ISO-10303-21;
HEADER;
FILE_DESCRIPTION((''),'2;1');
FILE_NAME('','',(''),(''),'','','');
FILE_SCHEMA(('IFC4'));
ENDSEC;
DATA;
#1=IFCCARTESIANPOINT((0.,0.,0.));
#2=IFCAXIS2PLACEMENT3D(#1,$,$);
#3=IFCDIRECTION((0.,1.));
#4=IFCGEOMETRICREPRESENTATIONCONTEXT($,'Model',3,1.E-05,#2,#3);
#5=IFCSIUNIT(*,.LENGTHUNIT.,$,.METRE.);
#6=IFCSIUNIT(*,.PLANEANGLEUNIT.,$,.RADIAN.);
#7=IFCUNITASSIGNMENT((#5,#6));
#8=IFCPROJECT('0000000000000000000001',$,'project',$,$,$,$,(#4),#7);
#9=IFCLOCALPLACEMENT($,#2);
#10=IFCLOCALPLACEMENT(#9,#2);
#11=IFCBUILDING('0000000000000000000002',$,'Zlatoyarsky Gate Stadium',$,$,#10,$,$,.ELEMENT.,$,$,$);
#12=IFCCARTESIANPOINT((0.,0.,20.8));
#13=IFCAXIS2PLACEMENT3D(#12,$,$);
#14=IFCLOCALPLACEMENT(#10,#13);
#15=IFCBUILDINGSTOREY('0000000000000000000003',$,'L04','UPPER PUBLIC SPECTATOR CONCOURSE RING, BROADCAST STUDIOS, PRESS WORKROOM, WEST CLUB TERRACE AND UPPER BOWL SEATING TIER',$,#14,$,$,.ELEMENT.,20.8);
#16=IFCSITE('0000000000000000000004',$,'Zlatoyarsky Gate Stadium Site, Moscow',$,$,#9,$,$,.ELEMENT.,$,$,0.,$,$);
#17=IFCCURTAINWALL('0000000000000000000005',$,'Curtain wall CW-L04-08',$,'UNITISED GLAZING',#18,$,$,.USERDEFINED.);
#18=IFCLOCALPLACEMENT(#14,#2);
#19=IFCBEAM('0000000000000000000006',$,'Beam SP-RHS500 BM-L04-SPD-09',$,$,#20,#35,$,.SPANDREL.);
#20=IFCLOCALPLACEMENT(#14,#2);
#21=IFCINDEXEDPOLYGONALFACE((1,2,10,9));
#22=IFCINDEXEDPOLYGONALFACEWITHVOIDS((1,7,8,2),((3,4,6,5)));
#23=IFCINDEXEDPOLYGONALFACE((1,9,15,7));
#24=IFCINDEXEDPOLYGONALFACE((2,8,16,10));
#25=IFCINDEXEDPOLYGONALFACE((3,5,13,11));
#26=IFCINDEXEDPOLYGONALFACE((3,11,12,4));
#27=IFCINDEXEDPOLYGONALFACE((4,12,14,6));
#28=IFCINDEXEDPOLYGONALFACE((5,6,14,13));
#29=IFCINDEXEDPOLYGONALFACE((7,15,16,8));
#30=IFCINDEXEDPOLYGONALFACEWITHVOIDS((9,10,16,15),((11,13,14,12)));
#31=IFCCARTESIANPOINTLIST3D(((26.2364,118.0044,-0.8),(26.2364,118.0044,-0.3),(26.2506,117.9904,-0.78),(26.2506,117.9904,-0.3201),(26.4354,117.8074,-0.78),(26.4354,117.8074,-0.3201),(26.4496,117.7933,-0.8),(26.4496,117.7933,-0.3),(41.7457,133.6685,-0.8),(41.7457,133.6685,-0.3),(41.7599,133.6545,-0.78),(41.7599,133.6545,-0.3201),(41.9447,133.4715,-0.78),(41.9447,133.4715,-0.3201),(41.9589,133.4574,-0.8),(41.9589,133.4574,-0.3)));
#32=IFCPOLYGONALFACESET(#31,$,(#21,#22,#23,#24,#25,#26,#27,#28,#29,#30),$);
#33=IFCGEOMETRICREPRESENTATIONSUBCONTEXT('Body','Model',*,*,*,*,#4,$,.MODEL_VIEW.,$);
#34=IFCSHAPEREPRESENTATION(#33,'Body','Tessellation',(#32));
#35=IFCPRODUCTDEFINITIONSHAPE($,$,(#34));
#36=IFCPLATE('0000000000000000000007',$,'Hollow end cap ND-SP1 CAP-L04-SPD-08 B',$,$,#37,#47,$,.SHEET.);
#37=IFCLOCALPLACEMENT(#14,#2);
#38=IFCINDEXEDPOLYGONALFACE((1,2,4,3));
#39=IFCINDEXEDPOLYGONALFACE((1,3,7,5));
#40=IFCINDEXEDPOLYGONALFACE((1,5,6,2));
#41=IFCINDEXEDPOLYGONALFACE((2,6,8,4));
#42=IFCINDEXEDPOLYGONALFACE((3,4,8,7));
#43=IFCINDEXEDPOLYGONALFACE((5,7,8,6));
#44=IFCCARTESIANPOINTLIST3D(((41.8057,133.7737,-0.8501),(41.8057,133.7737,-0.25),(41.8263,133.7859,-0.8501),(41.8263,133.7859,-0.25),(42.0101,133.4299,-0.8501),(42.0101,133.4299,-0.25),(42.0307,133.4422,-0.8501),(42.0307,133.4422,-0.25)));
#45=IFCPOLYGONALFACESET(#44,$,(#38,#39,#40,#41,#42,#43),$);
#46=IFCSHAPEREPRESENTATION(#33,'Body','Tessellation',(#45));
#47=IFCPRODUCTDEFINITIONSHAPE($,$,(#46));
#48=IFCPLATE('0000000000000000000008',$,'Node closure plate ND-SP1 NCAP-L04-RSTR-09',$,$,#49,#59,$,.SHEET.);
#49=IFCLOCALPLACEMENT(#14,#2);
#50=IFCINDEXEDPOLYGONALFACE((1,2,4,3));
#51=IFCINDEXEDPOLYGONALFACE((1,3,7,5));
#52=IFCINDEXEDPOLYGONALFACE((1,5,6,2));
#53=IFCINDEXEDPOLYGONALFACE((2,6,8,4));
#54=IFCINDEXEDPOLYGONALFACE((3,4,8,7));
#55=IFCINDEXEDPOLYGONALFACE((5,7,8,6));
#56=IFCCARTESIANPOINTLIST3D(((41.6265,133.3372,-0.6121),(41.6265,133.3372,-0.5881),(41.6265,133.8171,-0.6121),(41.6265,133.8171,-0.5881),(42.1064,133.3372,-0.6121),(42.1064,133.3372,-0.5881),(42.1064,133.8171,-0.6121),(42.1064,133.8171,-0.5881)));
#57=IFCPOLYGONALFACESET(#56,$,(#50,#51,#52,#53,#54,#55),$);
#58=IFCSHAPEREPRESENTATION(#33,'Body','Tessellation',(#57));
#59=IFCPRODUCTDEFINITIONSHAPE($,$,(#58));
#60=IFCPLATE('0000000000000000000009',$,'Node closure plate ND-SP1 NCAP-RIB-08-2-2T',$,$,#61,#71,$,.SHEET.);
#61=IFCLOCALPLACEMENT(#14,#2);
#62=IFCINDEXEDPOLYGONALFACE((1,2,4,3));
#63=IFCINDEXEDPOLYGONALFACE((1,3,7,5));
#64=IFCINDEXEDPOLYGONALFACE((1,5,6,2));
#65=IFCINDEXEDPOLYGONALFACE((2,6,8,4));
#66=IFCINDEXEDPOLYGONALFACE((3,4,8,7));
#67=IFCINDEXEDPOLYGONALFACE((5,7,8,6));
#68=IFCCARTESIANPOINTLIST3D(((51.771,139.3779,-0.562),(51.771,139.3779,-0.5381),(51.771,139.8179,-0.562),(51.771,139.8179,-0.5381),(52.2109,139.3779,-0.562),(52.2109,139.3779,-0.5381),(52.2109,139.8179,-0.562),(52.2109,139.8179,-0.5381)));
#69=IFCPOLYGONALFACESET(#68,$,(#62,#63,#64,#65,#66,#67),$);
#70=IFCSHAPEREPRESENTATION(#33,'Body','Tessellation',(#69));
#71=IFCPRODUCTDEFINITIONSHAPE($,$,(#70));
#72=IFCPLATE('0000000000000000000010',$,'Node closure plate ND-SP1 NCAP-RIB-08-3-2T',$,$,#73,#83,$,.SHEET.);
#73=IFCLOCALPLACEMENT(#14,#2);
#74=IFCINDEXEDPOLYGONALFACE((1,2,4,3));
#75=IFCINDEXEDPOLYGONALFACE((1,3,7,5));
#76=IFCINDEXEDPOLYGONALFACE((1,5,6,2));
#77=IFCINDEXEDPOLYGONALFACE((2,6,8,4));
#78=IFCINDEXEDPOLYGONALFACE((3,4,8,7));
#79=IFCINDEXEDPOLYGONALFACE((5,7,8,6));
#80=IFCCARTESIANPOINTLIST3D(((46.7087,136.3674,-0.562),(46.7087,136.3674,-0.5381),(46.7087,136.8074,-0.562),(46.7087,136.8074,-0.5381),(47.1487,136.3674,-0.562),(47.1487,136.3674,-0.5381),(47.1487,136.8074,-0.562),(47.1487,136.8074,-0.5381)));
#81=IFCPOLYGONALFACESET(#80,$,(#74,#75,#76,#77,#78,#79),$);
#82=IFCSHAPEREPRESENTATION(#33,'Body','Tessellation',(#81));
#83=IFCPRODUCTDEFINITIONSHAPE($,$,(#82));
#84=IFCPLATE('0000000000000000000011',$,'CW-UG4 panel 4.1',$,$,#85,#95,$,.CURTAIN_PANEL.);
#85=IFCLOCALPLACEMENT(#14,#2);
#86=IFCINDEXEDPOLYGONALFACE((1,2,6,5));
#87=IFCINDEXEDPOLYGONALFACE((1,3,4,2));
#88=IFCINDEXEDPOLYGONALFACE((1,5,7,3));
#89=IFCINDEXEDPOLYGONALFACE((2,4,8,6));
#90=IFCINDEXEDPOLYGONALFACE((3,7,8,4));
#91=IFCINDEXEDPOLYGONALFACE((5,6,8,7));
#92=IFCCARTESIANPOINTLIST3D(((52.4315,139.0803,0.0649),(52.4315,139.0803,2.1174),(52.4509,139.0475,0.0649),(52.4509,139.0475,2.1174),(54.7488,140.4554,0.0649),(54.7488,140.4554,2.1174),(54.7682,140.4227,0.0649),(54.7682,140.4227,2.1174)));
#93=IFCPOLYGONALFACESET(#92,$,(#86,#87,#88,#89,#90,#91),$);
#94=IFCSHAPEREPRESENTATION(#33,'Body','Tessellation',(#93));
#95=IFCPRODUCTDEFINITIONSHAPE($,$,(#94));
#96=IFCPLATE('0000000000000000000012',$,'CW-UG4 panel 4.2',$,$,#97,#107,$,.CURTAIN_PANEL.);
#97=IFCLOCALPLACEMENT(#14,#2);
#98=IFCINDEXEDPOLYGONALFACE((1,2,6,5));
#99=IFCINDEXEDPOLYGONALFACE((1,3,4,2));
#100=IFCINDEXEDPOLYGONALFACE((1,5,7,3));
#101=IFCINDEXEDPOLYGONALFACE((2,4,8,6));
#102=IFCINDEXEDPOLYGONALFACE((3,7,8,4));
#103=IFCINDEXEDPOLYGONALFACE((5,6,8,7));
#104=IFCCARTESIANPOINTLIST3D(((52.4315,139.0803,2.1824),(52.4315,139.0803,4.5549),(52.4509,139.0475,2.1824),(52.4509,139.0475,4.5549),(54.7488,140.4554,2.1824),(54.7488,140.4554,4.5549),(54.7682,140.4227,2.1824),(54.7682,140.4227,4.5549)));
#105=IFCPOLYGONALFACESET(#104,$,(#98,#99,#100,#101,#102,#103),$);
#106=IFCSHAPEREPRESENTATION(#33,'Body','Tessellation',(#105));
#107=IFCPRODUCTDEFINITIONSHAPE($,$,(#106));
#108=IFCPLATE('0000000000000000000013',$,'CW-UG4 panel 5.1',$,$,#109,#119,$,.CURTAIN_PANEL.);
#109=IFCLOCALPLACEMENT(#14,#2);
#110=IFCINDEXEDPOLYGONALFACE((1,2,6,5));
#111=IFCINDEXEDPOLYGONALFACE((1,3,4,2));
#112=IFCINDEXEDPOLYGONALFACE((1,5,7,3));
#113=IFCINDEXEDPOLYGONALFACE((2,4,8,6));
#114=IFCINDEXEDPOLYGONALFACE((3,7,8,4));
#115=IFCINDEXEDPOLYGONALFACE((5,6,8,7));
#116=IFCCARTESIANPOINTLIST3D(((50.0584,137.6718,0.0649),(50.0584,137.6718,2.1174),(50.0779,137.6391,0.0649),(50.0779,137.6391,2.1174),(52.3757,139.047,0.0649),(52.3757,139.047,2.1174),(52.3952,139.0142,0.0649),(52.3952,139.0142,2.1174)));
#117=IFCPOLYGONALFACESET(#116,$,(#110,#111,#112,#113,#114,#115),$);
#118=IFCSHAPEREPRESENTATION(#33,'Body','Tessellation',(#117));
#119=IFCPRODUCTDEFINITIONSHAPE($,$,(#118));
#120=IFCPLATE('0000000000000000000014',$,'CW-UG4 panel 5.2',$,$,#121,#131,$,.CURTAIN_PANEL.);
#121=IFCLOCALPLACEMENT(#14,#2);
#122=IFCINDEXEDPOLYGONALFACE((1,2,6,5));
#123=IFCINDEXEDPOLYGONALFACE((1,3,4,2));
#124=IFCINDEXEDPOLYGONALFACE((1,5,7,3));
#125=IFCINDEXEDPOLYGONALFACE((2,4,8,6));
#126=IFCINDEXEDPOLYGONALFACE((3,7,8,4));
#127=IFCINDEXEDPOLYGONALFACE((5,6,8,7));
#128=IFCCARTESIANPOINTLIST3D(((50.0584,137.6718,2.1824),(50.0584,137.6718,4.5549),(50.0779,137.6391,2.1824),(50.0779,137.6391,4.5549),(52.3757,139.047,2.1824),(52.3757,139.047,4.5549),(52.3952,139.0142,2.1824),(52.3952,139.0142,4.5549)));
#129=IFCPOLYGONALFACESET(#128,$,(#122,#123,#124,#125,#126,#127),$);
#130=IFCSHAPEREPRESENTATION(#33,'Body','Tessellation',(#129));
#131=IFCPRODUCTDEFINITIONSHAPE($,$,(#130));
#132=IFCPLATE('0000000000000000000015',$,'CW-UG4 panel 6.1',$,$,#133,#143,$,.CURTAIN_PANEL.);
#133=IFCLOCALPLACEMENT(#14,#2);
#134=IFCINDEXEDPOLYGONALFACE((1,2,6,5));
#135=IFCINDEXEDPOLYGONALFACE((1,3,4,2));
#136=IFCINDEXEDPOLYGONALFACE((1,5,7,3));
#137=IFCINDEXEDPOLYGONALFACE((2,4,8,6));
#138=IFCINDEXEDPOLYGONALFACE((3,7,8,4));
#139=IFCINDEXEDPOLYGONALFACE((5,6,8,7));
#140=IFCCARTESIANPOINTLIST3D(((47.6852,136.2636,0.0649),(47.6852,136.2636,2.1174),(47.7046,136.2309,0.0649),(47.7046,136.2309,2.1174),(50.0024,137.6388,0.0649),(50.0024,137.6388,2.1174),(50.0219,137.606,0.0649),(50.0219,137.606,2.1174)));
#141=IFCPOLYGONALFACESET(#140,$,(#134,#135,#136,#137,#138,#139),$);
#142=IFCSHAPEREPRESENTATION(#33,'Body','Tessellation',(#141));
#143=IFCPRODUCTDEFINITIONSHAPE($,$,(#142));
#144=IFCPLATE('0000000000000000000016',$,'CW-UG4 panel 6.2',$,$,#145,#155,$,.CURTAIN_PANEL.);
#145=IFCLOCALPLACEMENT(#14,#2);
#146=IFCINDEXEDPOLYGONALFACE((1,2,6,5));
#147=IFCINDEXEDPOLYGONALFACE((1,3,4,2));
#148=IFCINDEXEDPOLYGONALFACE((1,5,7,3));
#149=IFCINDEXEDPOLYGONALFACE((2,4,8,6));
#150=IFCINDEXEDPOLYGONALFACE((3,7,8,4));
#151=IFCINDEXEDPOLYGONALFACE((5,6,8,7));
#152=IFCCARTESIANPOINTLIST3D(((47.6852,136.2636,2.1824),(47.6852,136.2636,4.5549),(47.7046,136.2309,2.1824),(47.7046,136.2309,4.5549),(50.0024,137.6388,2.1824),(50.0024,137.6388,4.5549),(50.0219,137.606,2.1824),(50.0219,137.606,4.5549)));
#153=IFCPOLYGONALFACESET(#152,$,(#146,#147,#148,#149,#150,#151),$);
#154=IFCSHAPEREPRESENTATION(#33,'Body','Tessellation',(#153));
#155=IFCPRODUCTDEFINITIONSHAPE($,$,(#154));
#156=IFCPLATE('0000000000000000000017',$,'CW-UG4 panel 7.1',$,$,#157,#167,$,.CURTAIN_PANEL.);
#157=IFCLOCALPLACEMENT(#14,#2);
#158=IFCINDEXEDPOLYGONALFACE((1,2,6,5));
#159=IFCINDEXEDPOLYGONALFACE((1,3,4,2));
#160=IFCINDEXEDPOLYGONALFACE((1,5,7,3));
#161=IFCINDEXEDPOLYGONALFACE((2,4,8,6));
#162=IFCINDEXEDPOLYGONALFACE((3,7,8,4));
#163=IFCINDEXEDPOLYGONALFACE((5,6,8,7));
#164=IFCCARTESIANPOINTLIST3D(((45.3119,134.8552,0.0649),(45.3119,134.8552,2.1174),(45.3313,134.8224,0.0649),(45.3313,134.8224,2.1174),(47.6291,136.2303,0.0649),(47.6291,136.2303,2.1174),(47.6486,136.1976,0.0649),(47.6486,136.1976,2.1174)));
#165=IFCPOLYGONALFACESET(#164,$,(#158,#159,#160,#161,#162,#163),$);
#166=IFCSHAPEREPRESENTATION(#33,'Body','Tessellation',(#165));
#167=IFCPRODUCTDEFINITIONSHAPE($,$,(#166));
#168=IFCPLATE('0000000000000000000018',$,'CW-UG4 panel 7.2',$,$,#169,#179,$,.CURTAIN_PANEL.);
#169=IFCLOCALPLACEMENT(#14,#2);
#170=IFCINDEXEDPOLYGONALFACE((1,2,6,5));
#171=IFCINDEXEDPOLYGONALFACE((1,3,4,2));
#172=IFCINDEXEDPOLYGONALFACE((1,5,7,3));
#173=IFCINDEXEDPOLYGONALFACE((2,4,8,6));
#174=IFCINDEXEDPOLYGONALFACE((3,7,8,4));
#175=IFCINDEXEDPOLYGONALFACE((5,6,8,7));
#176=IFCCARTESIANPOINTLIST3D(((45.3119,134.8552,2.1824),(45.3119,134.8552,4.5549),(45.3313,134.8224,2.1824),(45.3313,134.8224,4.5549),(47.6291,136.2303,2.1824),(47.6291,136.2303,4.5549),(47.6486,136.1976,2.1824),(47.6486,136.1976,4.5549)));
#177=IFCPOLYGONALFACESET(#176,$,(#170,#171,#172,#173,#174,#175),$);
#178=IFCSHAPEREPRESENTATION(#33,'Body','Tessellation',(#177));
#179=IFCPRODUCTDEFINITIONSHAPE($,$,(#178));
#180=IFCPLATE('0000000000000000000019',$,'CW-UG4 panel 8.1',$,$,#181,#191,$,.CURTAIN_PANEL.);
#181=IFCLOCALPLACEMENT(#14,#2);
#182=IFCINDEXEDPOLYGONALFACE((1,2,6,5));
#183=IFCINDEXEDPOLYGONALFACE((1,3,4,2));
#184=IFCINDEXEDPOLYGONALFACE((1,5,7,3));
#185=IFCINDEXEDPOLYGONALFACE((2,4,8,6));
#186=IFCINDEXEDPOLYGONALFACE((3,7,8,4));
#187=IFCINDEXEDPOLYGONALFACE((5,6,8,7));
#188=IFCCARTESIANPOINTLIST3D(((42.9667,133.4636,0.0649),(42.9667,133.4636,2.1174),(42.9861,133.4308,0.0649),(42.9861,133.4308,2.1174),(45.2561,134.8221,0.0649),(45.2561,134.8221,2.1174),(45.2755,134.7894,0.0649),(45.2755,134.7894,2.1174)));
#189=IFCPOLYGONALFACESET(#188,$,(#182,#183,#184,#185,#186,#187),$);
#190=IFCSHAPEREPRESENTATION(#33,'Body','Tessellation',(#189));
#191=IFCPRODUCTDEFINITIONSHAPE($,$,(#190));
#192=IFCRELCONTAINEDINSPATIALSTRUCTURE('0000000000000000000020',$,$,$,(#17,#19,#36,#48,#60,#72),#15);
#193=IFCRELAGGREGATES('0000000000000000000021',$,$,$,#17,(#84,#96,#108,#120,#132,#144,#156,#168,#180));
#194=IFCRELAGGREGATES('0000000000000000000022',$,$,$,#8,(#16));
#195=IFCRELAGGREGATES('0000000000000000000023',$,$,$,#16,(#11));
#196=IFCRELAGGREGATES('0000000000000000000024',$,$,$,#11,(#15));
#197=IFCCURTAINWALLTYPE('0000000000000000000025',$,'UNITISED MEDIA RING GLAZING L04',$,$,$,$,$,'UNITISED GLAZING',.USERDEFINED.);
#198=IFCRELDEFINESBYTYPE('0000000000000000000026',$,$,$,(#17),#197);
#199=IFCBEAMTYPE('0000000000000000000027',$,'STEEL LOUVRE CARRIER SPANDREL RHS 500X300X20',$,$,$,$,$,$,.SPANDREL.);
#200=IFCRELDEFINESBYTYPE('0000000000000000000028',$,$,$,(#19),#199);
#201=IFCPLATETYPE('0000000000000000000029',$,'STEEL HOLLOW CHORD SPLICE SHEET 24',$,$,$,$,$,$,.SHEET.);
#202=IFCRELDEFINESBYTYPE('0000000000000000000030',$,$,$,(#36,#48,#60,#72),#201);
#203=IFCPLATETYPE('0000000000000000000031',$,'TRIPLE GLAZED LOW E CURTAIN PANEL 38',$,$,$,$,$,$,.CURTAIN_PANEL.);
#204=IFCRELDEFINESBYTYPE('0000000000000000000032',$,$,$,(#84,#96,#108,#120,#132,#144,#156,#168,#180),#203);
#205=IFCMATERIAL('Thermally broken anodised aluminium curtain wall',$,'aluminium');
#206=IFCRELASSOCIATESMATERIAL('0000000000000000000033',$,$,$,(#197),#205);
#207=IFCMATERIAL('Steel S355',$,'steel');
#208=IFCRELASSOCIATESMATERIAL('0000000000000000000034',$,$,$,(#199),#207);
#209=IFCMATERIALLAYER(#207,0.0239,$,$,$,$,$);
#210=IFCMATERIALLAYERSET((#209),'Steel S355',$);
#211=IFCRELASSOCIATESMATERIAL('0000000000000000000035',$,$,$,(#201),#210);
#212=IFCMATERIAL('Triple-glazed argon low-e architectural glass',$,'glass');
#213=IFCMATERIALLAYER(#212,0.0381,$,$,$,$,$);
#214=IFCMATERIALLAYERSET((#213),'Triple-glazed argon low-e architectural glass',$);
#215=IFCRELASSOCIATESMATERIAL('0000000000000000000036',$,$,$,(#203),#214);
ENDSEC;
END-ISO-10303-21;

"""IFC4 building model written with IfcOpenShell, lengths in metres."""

from ifc_helpers import new_model, si_unit, direction, frame, origin, origin_2d, place, context, subcontext, project, spatial, rectangle, hollow_rectangle, extrude, material, layer, layer_set, material_profile, profile_set, type_object, element, aggregate, save


model = new_model("IFC4")

# Units and contexts
model_context = context("Model", 3, precision=1e-05, world=origin(), true_north=direction((0.0, 1.0)))
body_context = subcontext(model_context, "Body", "Model", "MODEL_VIEW")
ifc_project = project(units=[si_unit("LENGTHUNIT", "METRE"), si_unit("PLANEANGLEUNIT", "RADIAN")], contexts=[model_context])

# Site, building, storey
site_placement = place(None, origin())
site = spatial("IfcSite", under=ifc_project, at=site_placement, Name="Zlatoyarsky Gate Stadium Site, Moscow", CompositionType="ELEMENT", RefElevation=0.0)
building_placement = place(site_placement, origin())
building = spatial("IfcBuilding", under=site, at=building_placement, Name="Zlatoyarsky Gate Stadium", CompositionType="ELEMENT")
storey_placement = place(building_placement, frame((0.0, 0.0, 20.8)))
storey = spatial("IfcBuildingStorey", under=building, at=storey_placement, Name="L04", Description="UPPER PUBLIC SPECTATOR CONCOURSE RING, BROADCAST STUDIOS, PRESS WORKROOM, WEST CLUB TERRACE AND UPPER BOWL SEATING TIER", CompositionType="ELEMENT", Elevation=20.8)

# Curtain wall
ifc_material_1 = material(Name="Thermally broken anodised aluminium curtain wall", Category="aluminium")
curtain_wall_type = type_object("IfcCurtainWallType", Name="UNITISED MEDIA RING GLAZING L04", ElementType="UNITISED GLAZING", PredefinedType="USERDEFINED", material=ifc_material_1)
curtain_wall_placement = place(storey_placement, origin())
curtain_wall = element("IfcCurtainWall", 1, at=curtain_wall_placement, inside=storey, type_object=curtain_wall_type, Name="Curtain wall CW-L04-08", ObjectType="UNITISED GLAZING", PredefinedType="USERDEFINED")

# Shared definitions
ifc_material_2 = material(Name="Steel S355", Category="steel")

# Beam
ifc_material_profile_1 = material_profile(ifc_material_2, hollow_rectangle(XDim=0.3, YDim=0.5, WallThickness=0.02, at=origin_2d()), Name="RHS 500X300X20")
ifc_profile_set_1 = profile_set([ifc_material_profile_1], Name="Steel S355")
beam_type = type_object("IfcBeamType", Name="STEEL LOUVRE CARRIER SPANDREL RHS 500X300X20", PredefinedType="SPANDREL", material=ifc_profile_set_1)
beam_placement = place(storey_placement, frame((41.8523, 133.563, -0.55), z_axis=(-0.703587, -0.710609, 0.0), x_axis=(0.710609, -0.703587, 0.0)))
element("IfcBeam", 2, at=beam_placement, inside=storey, type_object=beam_type, Name="Beam SP-RHS500 BM-L04-SPD-09", PredefinedType="SPANDREL", context=body_context, shape_type="SweptSolid", body=[
    extrude(hollow_rectangle(XDim=0.3, YDim=0.5, WallThickness=0.02, at=origin_2d()), origin(), (0.0, 0.0, 1.0), 22.0432),
])

# Plates
ifc_layer_1 = layer(ifc_material_2, 0.0239)
ifc_layer_set_1 = layer_set([ifc_layer_1], Name="Steel S355")
plate_type_1 = type_object("IfcPlateType", Name="STEEL HOLLOW CHORD SPLICE SHEET 24", PredefinedType="SHEET", material=ifc_layer_set_1)
plate_1_placement = place(storey_placement, frame((41.9182, 133.6079, -0.8501), z_axis=(0.0, 0.0, 1.0), x_axis=(-0.859509, -0.51112, 0.0)))
element("IfcPlate", 3, at=plate_1_placement, inside=storey, type_object=plate_type_1, Name="Hollow end cap ND-SP1 CAP-L04-SPD-08 B", PredefinedType="SHEET", context=body_context, shape_type="SweptSolid", body=[
    extrude(rectangle(XDim=0.0239, YDim=0.3999, at=origin_2d()), origin(), (0.0, 0.0, 1.0), 0.6001),
])
plate_2_placement = place(storey_placement, frame((41.8665, 133.5771, -0.6121), z_axis=(0.0, 0.0, 1.0), x_axis=(1.0, 0.0, 0.0)))
element("IfcPlate", 4, at=plate_2_placement, inside=storey, type_object=plate_type_1, Name="Node closure plate ND-SP1 NCAP-L04-RSTR-09", PredefinedType="SHEET", context=body_context, shape_type="SweptSolid", body=[
    extrude(rectangle(XDim=0.48, YDim=0.48, at=origin_2d()), origin(), (0.0, 0.0, 1.0), 0.0239),
])
for number, where, z_axis, x_axis, name in (
    (5, (51.991, 139.5979, -0.562), (0.0, 0.0, 1.0), (1.0, 0.0, 0.0), "Node closure plate ND-SP1 NCAP-RIB-08-2-2T"),
    (6, (46.9287, 136.5874, -0.562), (0.0, 0.0, 1.0), (1.0, 0.0, 0.0), "Node closure plate ND-SP1 NCAP-RIB-08-3-2T"),
):
    element("IfcPlate", number, at=place(storey_placement, frame(where, z_axis=z_axis, x_axis=x_axis)), inside=storey, type_object=plate_type_1, Name=name, PredefinedType="SHEET", context=body_context, shape_type="SweptSolid", body=[
        extrude(rectangle(XDim=0.4399, YDim=0.4399, at=origin_2d()), origin(), (0.0, 0.0, 1.0), 0.0239),
    ])

# Plates
ifc_material_3 = material(Name="Triple-glazed argon low-e architectural glass", Category="glass")
ifc_layer_2 = layer(ifc_material_3, 0.0381)
ifc_layer_set_2 = layer_set([ifc_layer_2], Name="Triple-glazed argon low-e architectural glass")
plate_type_2 = type_object("IfcPlateType", Name="TRIPLE GLAZED LOW E CURTAIN PANEL 38", PredefinedType="CURTAIN_PANEL", material=ifc_layer_set_2)
plate_3_placement = place(storey_placement, frame((53.5999, 139.7515, 0.0649), z_axis=(0.0, 0.0, 1.0), x_axis=(-0.859978, -0.51033, 0.0)))
plate_3 = element("IfcPlate", 7, at=plate_3_placement, type_object=plate_type_2, Name="CW-UG4 panel 4.1", PredefinedType="CURTAIN_PANEL", context=body_context, shape_type="SweptSolid", body=[
    extrude(rectangle(XDim=2.6946, YDim=0.0381, at=origin_2d()), origin(), (0.0, 0.0, 1.0), 2.0525),
])
plate_4_placement = place(storey_placement, frame((53.5999, 139.7515, 2.1824), z_axis=(0.0, 0.0, 1.0), x_axis=(-0.859978, -0.51033, 0.0)))
plate_4 = element("IfcPlate", 8, at=plate_4_placement, type_object=plate_type_2, Name="CW-UG4 panel 4.2", PredefinedType="CURTAIN_PANEL", context=body_context, shape_type="SweptSolid", body=[
    extrude(rectangle(XDim=2.6946, YDim=0.0381, at=origin_2d()), origin(), (0.0, 0.0, 1.0), 2.3726),
])
plate_5_placement = place(storey_placement, frame((51.2268, 138.343, 0.0649), z_axis=(0.0, 0.0, 1.0), x_axis=(-0.859978, -0.51033, 0.0)))
plate_5 = element("IfcPlate", 9, at=plate_5_placement, type_object=plate_type_2, Name="CW-UG4 panel 5.1", PredefinedType="CURTAIN_PANEL", context=body_context, shape_type="SweptSolid", body=[
    extrude(rectangle(XDim=2.6946, YDim=0.0381, at=origin_2d()), origin(), (0.0, 0.0, 1.0), 2.0525),
])
plate_6_placement = place(storey_placement, frame((51.2268, 138.343, 2.1824), z_axis=(0.0, 0.0, 1.0), x_axis=(-0.859978, -0.51033, 0.0)))
plate_6 = element("IfcPlate", 10, at=plate_6_placement, type_object=plate_type_2, Name="CW-UG4 panel 5.2", PredefinedType="CURTAIN_PANEL", context=body_context, shape_type="SweptSolid", body=[
    extrude(rectangle(XDim=2.6946, YDim=0.0381, at=origin_2d()), origin(), (0.0, 0.0, 1.0), 2.3726),
])
plate_7_placement = place(storey_placement, frame((48.8535, 136.9348, 0.0649), z_axis=(0.0, 0.0, 1.0), x_axis=(-0.859978, -0.51033, 0.0)))
plate_7 = element("IfcPlate", 11, at=plate_7_placement, type_object=plate_type_2, Name="CW-UG4 panel 6.1", PredefinedType="CURTAIN_PANEL", context=body_context, shape_type="SweptSolid", body=[
    extrude(rectangle(XDim=2.6946, YDim=0.0381, at=origin_2d()), origin(), (0.0, 0.0, 1.0), 2.0525),
])
plate_8_placement = place(storey_placement, frame((48.8535, 136.9348, 2.1824), z_axis=(0.0, 0.0, 1.0), x_axis=(-0.859978, -0.51033, 0.0)))
plate_8 = element("IfcPlate", 12, at=plate_8_placement, type_object=plate_type_2, Name="CW-UG4 panel 6.2", PredefinedType="CURTAIN_PANEL", context=body_context, shape_type="SweptSolid", body=[
    extrude(rectangle(XDim=2.6946, YDim=0.0381, at=origin_2d()), origin(), (0.0, 0.0, 1.0), 2.3726),
])
plate_9_placement = place(storey_placement, frame((46.4802, 135.5264, 0.0649), z_axis=(0.0, 0.0, 1.0), x_axis=(-0.859978, -0.51033, 0.0)))
plate_9 = element("IfcPlate", 13, at=plate_9_placement, type_object=plate_type_2, Name="CW-UG4 panel 7.1", PredefinedType="CURTAIN_PANEL", context=body_context, shape_type="SweptSolid", body=[
    extrude(rectangle(XDim=2.6946, YDim=0.0381, at=origin_2d()), origin(), (0.0, 0.0, 1.0), 2.0525),
])
plate_10_placement = place(storey_placement, frame((46.4802, 135.5264, 2.1824), z_axis=(0.0, 0.0, 1.0), x_axis=(-0.859978, -0.51033, 0.0)))
plate_10 = element("IfcPlate", 14, at=plate_10_placement, type_object=plate_type_2, Name="CW-UG4 panel 7.2", PredefinedType="CURTAIN_PANEL", context=body_context, shape_type="SweptSolid", body=[
    extrude(rectangle(XDim=2.6946, YDim=0.0381, at=origin_2d()), origin(), (0.0, 0.0, 1.0), 2.3726),
])
plate_11_placement = place(storey_placement, frame((44.1211, 134.1265, 0.0649), z_axis=(0.0, 0.0, 1.0), x_axis=(-0.859978, -0.51033, 0.0)))
plate_11 = element("IfcPlate", 15, at=plate_11_placement, type_object=plate_type_2, Name="CW-UG4 panel 8.1", PredefinedType="CURTAIN_PANEL", context=body_context, shape_type="SweptSolid", body=[
    extrude(rectangle(XDim=2.6621, YDim=0.0381, at=origin_2d()), origin(), (0.0, 0.0, 1.0), 2.0525),
])
aggregate(curtain_wall, [plate_3, plate_4, plate_5, plate_6, plate_7, plate_8, plate_9, plate_10, plate_11])

save(model, "model.ifc")
